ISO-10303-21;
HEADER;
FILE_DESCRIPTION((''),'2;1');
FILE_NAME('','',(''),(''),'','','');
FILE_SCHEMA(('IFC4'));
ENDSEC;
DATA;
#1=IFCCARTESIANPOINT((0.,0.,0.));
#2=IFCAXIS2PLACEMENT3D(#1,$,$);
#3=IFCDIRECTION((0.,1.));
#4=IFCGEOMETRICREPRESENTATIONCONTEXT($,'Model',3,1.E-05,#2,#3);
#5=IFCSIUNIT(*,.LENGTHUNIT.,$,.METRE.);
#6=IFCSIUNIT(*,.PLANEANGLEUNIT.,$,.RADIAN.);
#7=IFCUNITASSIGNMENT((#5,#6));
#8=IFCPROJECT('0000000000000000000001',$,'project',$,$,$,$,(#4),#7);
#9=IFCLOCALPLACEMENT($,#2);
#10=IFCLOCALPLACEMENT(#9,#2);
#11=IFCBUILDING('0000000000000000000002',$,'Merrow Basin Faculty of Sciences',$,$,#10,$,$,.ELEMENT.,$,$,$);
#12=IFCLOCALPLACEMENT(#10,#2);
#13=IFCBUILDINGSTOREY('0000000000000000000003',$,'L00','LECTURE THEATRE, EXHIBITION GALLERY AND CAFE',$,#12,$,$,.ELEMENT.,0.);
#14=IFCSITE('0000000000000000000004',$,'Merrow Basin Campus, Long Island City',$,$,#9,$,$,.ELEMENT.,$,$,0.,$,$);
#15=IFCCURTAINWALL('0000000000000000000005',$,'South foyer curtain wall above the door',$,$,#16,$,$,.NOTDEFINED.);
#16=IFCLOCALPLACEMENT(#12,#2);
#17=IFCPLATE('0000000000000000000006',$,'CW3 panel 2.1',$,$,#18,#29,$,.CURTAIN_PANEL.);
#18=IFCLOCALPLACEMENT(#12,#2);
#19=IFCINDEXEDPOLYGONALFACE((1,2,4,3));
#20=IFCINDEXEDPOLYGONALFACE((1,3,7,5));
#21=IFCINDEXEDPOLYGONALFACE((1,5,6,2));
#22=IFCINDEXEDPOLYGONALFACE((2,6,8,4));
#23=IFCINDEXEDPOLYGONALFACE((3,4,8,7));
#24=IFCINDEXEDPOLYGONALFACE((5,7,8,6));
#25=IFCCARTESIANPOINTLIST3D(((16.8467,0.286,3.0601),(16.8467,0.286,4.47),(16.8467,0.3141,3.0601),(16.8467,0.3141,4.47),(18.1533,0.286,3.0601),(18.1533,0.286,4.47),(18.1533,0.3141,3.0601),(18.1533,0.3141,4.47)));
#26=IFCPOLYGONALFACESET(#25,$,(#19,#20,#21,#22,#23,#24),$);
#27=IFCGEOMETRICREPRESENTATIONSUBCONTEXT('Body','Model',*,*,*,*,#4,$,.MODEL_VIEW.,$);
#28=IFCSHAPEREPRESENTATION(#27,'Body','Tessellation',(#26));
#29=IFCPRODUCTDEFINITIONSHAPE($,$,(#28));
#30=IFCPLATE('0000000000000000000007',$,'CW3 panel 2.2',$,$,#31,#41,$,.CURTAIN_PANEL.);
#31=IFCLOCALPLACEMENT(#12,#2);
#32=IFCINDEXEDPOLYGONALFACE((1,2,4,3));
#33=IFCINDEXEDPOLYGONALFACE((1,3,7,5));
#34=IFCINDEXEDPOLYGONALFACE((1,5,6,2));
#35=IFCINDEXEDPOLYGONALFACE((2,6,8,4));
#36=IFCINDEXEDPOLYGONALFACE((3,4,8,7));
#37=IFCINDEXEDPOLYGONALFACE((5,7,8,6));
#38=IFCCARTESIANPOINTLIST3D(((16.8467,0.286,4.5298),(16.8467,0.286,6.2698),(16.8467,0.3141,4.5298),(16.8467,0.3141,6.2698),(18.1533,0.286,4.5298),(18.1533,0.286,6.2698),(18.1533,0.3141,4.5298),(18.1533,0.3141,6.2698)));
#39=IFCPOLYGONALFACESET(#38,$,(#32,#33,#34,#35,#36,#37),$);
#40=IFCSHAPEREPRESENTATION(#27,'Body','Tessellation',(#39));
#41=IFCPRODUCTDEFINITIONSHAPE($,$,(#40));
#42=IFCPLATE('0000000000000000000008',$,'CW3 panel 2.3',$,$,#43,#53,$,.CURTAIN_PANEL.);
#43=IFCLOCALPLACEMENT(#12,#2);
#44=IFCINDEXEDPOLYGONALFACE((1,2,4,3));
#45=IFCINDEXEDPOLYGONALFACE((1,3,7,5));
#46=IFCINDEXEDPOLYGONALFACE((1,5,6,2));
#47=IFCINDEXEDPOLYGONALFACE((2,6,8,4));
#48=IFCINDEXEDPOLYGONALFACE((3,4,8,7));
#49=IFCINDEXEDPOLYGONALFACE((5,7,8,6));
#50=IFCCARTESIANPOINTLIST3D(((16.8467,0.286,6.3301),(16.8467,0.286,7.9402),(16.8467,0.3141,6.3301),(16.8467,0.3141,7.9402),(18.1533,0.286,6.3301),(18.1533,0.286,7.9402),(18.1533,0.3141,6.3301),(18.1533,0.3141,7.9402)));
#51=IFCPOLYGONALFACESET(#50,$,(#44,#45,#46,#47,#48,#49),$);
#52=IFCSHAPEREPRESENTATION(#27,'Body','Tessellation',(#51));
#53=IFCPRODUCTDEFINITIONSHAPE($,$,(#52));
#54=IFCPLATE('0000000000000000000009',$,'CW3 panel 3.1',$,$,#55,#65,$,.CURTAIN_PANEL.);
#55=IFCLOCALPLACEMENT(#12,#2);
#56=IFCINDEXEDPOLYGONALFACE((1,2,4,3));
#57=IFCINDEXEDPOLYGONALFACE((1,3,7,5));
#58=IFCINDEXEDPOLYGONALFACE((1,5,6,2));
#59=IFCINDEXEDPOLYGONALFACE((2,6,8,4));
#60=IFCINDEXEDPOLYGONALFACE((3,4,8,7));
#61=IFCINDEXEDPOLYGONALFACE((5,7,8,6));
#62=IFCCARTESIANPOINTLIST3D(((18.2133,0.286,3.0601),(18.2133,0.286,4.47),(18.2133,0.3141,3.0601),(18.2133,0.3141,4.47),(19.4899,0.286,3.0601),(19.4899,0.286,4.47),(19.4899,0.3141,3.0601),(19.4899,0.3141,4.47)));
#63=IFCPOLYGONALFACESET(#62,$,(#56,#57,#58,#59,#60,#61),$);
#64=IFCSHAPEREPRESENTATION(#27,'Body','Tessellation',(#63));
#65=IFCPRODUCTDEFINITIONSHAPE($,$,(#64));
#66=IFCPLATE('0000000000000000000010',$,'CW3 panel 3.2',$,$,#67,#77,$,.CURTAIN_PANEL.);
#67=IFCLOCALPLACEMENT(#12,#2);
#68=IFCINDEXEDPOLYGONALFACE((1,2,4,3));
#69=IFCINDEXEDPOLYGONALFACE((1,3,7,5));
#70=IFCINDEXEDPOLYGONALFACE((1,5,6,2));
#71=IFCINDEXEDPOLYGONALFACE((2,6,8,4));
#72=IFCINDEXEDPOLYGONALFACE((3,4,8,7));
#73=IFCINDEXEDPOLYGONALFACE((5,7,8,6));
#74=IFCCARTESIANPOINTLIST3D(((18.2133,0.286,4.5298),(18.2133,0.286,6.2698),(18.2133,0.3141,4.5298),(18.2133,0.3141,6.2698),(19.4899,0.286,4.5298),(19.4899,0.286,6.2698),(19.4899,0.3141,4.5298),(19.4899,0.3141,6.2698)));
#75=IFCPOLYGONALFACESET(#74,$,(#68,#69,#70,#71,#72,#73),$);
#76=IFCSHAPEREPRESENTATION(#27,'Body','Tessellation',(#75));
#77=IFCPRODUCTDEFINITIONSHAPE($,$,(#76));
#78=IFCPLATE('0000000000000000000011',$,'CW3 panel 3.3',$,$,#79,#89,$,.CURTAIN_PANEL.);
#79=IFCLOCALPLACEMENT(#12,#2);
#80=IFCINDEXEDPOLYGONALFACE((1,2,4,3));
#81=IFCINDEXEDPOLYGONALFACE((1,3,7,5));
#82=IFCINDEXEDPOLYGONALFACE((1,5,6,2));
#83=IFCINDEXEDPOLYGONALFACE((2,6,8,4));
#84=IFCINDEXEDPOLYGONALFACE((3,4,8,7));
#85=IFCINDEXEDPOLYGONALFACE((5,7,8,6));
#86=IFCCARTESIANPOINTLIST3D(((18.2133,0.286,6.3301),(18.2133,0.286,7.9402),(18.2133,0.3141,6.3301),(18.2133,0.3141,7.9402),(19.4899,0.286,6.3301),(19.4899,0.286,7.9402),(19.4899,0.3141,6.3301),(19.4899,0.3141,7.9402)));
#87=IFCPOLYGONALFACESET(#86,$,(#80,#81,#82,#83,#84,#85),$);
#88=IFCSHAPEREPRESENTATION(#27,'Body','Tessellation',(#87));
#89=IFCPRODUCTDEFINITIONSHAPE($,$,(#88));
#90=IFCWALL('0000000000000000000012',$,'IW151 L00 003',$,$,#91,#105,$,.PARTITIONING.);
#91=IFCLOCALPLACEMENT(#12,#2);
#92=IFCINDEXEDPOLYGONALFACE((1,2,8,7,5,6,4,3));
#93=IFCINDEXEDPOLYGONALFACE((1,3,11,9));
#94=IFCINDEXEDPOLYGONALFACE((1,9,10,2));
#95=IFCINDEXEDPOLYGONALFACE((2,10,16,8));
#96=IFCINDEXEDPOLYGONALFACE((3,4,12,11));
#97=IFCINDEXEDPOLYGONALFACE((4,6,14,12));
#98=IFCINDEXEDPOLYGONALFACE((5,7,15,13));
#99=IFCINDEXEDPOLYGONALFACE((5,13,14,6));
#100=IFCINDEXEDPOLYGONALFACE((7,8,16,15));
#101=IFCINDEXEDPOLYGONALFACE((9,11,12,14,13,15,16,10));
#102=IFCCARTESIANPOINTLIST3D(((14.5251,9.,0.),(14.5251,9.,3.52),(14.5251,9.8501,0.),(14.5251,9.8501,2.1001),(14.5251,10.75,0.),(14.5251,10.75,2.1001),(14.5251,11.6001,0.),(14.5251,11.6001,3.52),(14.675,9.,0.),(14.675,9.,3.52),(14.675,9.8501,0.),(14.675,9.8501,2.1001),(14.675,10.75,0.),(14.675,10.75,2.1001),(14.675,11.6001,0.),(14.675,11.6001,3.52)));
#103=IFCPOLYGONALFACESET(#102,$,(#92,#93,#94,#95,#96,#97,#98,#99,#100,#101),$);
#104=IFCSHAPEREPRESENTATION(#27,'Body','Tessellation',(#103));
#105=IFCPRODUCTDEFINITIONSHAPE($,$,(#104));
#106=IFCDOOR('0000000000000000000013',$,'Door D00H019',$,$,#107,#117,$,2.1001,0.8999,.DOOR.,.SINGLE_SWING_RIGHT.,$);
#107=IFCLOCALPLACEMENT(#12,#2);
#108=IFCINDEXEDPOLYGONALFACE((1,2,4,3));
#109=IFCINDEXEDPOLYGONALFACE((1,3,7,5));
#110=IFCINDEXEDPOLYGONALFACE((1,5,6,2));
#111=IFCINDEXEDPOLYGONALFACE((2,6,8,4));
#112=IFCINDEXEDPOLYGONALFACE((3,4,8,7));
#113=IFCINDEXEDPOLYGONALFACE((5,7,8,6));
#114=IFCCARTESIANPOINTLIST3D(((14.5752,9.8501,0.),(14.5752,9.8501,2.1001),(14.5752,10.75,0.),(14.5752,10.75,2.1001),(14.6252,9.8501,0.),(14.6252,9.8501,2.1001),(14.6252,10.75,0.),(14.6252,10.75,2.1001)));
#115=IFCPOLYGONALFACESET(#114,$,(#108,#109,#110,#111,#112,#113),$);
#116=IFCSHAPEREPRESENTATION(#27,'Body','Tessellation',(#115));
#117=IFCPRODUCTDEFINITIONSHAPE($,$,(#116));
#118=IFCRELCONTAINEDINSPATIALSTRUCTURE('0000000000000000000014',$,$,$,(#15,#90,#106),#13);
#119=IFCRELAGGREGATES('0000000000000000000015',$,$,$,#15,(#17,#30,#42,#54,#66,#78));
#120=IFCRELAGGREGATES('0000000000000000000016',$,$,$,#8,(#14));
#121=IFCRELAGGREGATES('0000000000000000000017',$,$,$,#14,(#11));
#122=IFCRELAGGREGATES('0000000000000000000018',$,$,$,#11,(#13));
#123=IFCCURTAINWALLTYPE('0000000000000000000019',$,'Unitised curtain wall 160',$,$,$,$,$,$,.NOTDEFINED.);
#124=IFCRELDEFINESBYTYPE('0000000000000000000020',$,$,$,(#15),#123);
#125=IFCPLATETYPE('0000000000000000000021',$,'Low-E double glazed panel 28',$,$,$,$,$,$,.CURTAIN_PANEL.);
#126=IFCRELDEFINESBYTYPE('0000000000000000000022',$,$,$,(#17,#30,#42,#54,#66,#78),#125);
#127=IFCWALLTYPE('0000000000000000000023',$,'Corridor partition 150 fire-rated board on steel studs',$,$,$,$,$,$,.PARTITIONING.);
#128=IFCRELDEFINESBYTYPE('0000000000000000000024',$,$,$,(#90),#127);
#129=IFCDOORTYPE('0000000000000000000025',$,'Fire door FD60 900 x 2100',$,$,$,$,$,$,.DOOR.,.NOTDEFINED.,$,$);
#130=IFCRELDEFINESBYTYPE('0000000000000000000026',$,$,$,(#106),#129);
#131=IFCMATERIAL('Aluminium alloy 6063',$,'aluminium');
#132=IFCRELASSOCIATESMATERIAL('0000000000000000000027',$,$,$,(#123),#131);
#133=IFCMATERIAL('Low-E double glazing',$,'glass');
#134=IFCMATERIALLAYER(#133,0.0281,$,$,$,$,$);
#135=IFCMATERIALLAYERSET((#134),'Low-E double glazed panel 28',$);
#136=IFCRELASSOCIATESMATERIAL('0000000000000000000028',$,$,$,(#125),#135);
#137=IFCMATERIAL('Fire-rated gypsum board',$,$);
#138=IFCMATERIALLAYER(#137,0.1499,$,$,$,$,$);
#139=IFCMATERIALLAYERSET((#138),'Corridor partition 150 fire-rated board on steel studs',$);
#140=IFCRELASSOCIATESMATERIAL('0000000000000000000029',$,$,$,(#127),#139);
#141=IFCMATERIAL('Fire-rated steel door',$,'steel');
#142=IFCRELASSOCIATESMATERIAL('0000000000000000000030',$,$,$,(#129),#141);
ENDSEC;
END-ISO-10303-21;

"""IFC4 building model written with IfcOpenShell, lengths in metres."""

from ifc_helpers import new_model, si_unit, direction, frame, frame_2d, origin, origin_2d, place, context, subcontext, project, spatial, rectangle, extrude, material, layer, layer_set, type_object, element, fill, aggregate, save


model = new_model("IFC4")

# Units and contexts
model_context = context("Model", 3, precision=1e-05, world=origin(), true_north=direction((0.0, 1.0)))
body_context = subcontext(model_context, "Body", "Model", "MODEL_VIEW")
ifc_project = project(units=[si_unit("LENGTHUNIT", "METRE"), si_unit("PLANEANGLEUNIT", "RADIAN")], contexts=[model_context])

# Site, building, storey
site_placement = place(None, origin())
site = spatial("IfcSite", under=ifc_project, at=site_placement, Name="Merrow Basin Campus, Long Island City", CompositionType="ELEMENT", RefElevation=0.0)
building_placement = place(site_placement, origin())
building = spatial("IfcBuilding", under=site, at=building_placement, Name="Merrow Basin Faculty of Sciences", CompositionType="ELEMENT")
storey_placement = place(building_placement, origin())
storey = spatial("IfcBuildingStorey", under=building, at=storey_placement, Name="L00", Description="LECTURE THEATRE, EXHIBITION GALLERY AND CAFE", CompositionType="ELEMENT", Elevation=0.0)

# Curtain wall, plates
ifc_material_1 = material(Name="Aluminium alloy 6063", Category="aluminium")
curtain_wall_type = type_object("IfcCurtainWallType", Name="Unitised curtain wall 160", PredefinedType="NOTDEFINED", material=ifc_material_1)
curtain_wall_placement = place(storey_placement, origin())
curtain_wall = element("IfcCurtainWall", 1, at=curtain_wall_placement, inside=storey, type_object=curtain_wall_type, Name="South foyer curtain wall above the door", PredefinedType="NOTDEFINED")
ifc_material_2 = material(Name="Low-E double glazing", Category="glass")
ifc_layer_1 = layer(ifc_material_2, 0.0281)
ifc_layer_set_1 = layer_set([ifc_layer_1], Name="Low-E double glazed panel 28")
plate_type = type_object("IfcPlateType", Name="Low-E double glazed panel 28", PredefinedType="CURTAIN_PANEL", material=ifc_layer_set_1)
plate_1_placement = place(storey_placement, frame((17.5, 0.3, 3.0601), z_axis=(0.0, 0.0, 1.0), x_axis=(1.0, 0.0, 0.0)))
plate_1 = element("IfcPlate", 2, at=plate_1_placement, type_object=plate_type, Name="CW3 panel 2.1", PredefinedType="CURTAIN_PANEL", context=body_context, shape_type="SweptSolid", body=[
    extrude(rectangle(XDim=1.3066, YDim=0.0281, at=origin_2d()), origin(), (0.0, 0.0, 1.0), 1.4099),
])
plate_2_placement = place(storey_placement, frame((17.5, 0.3, 4.5298), z_axis=(0.0, 0.0, 1.0), x_axis=(1.0, 0.0, 0.0)))
plate_2 = element("IfcPlate", 3, at=plate_2_placement, type_object=plate_type, Name="CW3 panel 2.2", PredefinedType="CURTAIN_PANEL", context=body_context, shape_type="SweptSolid", body=[
    extrude(rectangle(XDim=1.3066, YDim=0.0281, at=origin_2d()), origin(), (0.0, 0.0, 1.0), 1.74),
])
plate_3_placement = place(storey_placement, frame((17.5, 0.3, 6.3301), z_axis=(0.0, 0.0, 1.0), x_axis=(1.0, 0.0, 0.0)))
plate_3 = element("IfcPlate", 4, at=plate_3_placement, type_object=plate_type, Name="CW3 panel 2.3", PredefinedType="CURTAIN_PANEL", context=body_context, shape_type="SweptSolid", body=[
    extrude(rectangle(XDim=1.3066, YDim=0.0281, at=origin_2d()), origin(), (0.0, 0.0, 1.0), 1.6101),
])
plate_4_placement = place(storey_placement, frame((18.8516, 0.3, 3.0601), z_axis=(0.0, 0.0, 1.0), x_axis=(1.0, 0.0, 0.0)))
plate_4 = element("IfcPlate", 5, at=plate_4_placement, type_object=plate_type, Name="CW3 panel 3.1", PredefinedType="CURTAIN_PANEL", context=body_context, shape_type="SweptSolid", body=[
    extrude(rectangle(XDim=1.2766, YDim=0.0281, at=origin_2d()), origin(), (0.0, 0.0, 1.0), 1.4099),
])
plate_5_placement = place(storey_placement, frame((18.8516, 0.3, 4.5298), z_axis=(0.0, 0.0, 1.0), x_axis=(1.0, 0.0, 0.0)))
plate_5 = element("IfcPlate", 6, at=plate_5_placement, type_object=plate_type, Name="CW3 panel 3.2", PredefinedType="CURTAIN_PANEL", context=body_context, shape_type="SweptSolid", body=[
    extrude(rectangle(XDim=1.2766, YDim=0.0281, at=origin_2d()), origin(), (0.0, 0.0, 1.0), 1.74),
])
plate_6_placement = place(storey_placement, frame((18.8516, 0.3, 6.3301), z_axis=(0.0, 0.0, 1.0), x_axis=(1.0, 0.0, 0.0)))
plate_6 = element("IfcPlate", 7, at=plate_6_placement, type_object=plate_type, Name="CW3 panel 3.3", PredefinedType="CURTAIN_PANEL", context=body_context, shape_type="SweptSolid", body=[
    extrude(rectangle(XDim=1.2766, YDim=0.0281, at=origin_2d()), origin(), (0.0, 0.0, 1.0), 1.6101),
])
aggregate(curtain_wall, [plate_1, plate_2, plate_3, plate_4, plate_5, plate_6])

# Wall, opening, door
ifc_material_3 = material(Name="Fire-rated gypsum board")
ifc_layer_2 = layer(ifc_material_3, 0.1499)
ifc_layer_set_2 = layer_set([ifc_layer_2], Name="Corridor partition 150 fire-rated board on steel studs")
wall_type_1 = type_object("IfcWallType", Name="Corridor partition 150 fire-rated board on steel studs", PredefinedType="PARTITIONING", material=ifc_layer_set_2)
wall_1_placement = place(storey_placement, frame((14.6001, 9.0, 0.0), z_axis=(0.0, 0.0, 1.0), x_axis=(0.0, 1.0, 0.0)))
wall_1 = element("IfcWall", 8, at=wall_1_placement, inside=storey, type_object=wall_type_1, Name="IW151 L00 003", PredefinedType="PARTITIONING", context=body_context, shape_type="SweptSolid", body=[
    extrude(rectangle(XDim=2.6001, YDim=0.1499, at=frame_2d((1.3, 0.0))), origin(), (0.0, 0.0, 1.0), 3.52),
])
opening_1_placement = place(wall_1_placement, frame((0.8501, 0.0, 0.0)))
opening_1 = element("IfcOpeningElement", 9, at=opening_1_placement, cuts=wall_1, PredefinedType="OPENING", context=body_context, shape_type="SweptSolid", body=[
    extrude(rectangle(XDim=0.8999, YDim=2.1001, at=frame_2d((0.45, 1.05))), frame((0.0, 0.085, 0.0), z_axis=(0.0, -1.0, 0.0), x_axis=(1.0, 0.0, 0.0)), (0.0, 0.0, 1.0), 0.1699),
])
ifc_material_4 = material(Name="Fire-rated steel door", Category="steel")
door_type_1 = type_object("IfcDoorType", Name="Fire door FD60 900 x 2100", OperationType="NOTDEFINED", PredefinedType="DOOR", material=ifc_material_4)
door_1_placement = place(opening_1_placement, origin())
door_1 = element("IfcDoor", 10, at=door_1_placement, inside=storey, type_object=door_type_1, Name="Door D00H019", OperationType="SINGLE_SWING_RIGHT", OverallHeight=2.1001, OverallWidth=0.8999, PredefinedType="DOOR", context=body_context, shape_type="SweptSolid", body=[
    extrude(rectangle(XDim=0.8999, YDim=2.1001, at=frame_2d((0.45, 1.05))), frame((0.0, 0.0249, 0.0), z_axis=(0.0, -1.0, 0.0), x_axis=(1.0, 0.0, 0.0)), (0.0, 0.0, 1.0), 0.05),
])
fill(opening_1, door_1)

save(model, "model.ifc")
